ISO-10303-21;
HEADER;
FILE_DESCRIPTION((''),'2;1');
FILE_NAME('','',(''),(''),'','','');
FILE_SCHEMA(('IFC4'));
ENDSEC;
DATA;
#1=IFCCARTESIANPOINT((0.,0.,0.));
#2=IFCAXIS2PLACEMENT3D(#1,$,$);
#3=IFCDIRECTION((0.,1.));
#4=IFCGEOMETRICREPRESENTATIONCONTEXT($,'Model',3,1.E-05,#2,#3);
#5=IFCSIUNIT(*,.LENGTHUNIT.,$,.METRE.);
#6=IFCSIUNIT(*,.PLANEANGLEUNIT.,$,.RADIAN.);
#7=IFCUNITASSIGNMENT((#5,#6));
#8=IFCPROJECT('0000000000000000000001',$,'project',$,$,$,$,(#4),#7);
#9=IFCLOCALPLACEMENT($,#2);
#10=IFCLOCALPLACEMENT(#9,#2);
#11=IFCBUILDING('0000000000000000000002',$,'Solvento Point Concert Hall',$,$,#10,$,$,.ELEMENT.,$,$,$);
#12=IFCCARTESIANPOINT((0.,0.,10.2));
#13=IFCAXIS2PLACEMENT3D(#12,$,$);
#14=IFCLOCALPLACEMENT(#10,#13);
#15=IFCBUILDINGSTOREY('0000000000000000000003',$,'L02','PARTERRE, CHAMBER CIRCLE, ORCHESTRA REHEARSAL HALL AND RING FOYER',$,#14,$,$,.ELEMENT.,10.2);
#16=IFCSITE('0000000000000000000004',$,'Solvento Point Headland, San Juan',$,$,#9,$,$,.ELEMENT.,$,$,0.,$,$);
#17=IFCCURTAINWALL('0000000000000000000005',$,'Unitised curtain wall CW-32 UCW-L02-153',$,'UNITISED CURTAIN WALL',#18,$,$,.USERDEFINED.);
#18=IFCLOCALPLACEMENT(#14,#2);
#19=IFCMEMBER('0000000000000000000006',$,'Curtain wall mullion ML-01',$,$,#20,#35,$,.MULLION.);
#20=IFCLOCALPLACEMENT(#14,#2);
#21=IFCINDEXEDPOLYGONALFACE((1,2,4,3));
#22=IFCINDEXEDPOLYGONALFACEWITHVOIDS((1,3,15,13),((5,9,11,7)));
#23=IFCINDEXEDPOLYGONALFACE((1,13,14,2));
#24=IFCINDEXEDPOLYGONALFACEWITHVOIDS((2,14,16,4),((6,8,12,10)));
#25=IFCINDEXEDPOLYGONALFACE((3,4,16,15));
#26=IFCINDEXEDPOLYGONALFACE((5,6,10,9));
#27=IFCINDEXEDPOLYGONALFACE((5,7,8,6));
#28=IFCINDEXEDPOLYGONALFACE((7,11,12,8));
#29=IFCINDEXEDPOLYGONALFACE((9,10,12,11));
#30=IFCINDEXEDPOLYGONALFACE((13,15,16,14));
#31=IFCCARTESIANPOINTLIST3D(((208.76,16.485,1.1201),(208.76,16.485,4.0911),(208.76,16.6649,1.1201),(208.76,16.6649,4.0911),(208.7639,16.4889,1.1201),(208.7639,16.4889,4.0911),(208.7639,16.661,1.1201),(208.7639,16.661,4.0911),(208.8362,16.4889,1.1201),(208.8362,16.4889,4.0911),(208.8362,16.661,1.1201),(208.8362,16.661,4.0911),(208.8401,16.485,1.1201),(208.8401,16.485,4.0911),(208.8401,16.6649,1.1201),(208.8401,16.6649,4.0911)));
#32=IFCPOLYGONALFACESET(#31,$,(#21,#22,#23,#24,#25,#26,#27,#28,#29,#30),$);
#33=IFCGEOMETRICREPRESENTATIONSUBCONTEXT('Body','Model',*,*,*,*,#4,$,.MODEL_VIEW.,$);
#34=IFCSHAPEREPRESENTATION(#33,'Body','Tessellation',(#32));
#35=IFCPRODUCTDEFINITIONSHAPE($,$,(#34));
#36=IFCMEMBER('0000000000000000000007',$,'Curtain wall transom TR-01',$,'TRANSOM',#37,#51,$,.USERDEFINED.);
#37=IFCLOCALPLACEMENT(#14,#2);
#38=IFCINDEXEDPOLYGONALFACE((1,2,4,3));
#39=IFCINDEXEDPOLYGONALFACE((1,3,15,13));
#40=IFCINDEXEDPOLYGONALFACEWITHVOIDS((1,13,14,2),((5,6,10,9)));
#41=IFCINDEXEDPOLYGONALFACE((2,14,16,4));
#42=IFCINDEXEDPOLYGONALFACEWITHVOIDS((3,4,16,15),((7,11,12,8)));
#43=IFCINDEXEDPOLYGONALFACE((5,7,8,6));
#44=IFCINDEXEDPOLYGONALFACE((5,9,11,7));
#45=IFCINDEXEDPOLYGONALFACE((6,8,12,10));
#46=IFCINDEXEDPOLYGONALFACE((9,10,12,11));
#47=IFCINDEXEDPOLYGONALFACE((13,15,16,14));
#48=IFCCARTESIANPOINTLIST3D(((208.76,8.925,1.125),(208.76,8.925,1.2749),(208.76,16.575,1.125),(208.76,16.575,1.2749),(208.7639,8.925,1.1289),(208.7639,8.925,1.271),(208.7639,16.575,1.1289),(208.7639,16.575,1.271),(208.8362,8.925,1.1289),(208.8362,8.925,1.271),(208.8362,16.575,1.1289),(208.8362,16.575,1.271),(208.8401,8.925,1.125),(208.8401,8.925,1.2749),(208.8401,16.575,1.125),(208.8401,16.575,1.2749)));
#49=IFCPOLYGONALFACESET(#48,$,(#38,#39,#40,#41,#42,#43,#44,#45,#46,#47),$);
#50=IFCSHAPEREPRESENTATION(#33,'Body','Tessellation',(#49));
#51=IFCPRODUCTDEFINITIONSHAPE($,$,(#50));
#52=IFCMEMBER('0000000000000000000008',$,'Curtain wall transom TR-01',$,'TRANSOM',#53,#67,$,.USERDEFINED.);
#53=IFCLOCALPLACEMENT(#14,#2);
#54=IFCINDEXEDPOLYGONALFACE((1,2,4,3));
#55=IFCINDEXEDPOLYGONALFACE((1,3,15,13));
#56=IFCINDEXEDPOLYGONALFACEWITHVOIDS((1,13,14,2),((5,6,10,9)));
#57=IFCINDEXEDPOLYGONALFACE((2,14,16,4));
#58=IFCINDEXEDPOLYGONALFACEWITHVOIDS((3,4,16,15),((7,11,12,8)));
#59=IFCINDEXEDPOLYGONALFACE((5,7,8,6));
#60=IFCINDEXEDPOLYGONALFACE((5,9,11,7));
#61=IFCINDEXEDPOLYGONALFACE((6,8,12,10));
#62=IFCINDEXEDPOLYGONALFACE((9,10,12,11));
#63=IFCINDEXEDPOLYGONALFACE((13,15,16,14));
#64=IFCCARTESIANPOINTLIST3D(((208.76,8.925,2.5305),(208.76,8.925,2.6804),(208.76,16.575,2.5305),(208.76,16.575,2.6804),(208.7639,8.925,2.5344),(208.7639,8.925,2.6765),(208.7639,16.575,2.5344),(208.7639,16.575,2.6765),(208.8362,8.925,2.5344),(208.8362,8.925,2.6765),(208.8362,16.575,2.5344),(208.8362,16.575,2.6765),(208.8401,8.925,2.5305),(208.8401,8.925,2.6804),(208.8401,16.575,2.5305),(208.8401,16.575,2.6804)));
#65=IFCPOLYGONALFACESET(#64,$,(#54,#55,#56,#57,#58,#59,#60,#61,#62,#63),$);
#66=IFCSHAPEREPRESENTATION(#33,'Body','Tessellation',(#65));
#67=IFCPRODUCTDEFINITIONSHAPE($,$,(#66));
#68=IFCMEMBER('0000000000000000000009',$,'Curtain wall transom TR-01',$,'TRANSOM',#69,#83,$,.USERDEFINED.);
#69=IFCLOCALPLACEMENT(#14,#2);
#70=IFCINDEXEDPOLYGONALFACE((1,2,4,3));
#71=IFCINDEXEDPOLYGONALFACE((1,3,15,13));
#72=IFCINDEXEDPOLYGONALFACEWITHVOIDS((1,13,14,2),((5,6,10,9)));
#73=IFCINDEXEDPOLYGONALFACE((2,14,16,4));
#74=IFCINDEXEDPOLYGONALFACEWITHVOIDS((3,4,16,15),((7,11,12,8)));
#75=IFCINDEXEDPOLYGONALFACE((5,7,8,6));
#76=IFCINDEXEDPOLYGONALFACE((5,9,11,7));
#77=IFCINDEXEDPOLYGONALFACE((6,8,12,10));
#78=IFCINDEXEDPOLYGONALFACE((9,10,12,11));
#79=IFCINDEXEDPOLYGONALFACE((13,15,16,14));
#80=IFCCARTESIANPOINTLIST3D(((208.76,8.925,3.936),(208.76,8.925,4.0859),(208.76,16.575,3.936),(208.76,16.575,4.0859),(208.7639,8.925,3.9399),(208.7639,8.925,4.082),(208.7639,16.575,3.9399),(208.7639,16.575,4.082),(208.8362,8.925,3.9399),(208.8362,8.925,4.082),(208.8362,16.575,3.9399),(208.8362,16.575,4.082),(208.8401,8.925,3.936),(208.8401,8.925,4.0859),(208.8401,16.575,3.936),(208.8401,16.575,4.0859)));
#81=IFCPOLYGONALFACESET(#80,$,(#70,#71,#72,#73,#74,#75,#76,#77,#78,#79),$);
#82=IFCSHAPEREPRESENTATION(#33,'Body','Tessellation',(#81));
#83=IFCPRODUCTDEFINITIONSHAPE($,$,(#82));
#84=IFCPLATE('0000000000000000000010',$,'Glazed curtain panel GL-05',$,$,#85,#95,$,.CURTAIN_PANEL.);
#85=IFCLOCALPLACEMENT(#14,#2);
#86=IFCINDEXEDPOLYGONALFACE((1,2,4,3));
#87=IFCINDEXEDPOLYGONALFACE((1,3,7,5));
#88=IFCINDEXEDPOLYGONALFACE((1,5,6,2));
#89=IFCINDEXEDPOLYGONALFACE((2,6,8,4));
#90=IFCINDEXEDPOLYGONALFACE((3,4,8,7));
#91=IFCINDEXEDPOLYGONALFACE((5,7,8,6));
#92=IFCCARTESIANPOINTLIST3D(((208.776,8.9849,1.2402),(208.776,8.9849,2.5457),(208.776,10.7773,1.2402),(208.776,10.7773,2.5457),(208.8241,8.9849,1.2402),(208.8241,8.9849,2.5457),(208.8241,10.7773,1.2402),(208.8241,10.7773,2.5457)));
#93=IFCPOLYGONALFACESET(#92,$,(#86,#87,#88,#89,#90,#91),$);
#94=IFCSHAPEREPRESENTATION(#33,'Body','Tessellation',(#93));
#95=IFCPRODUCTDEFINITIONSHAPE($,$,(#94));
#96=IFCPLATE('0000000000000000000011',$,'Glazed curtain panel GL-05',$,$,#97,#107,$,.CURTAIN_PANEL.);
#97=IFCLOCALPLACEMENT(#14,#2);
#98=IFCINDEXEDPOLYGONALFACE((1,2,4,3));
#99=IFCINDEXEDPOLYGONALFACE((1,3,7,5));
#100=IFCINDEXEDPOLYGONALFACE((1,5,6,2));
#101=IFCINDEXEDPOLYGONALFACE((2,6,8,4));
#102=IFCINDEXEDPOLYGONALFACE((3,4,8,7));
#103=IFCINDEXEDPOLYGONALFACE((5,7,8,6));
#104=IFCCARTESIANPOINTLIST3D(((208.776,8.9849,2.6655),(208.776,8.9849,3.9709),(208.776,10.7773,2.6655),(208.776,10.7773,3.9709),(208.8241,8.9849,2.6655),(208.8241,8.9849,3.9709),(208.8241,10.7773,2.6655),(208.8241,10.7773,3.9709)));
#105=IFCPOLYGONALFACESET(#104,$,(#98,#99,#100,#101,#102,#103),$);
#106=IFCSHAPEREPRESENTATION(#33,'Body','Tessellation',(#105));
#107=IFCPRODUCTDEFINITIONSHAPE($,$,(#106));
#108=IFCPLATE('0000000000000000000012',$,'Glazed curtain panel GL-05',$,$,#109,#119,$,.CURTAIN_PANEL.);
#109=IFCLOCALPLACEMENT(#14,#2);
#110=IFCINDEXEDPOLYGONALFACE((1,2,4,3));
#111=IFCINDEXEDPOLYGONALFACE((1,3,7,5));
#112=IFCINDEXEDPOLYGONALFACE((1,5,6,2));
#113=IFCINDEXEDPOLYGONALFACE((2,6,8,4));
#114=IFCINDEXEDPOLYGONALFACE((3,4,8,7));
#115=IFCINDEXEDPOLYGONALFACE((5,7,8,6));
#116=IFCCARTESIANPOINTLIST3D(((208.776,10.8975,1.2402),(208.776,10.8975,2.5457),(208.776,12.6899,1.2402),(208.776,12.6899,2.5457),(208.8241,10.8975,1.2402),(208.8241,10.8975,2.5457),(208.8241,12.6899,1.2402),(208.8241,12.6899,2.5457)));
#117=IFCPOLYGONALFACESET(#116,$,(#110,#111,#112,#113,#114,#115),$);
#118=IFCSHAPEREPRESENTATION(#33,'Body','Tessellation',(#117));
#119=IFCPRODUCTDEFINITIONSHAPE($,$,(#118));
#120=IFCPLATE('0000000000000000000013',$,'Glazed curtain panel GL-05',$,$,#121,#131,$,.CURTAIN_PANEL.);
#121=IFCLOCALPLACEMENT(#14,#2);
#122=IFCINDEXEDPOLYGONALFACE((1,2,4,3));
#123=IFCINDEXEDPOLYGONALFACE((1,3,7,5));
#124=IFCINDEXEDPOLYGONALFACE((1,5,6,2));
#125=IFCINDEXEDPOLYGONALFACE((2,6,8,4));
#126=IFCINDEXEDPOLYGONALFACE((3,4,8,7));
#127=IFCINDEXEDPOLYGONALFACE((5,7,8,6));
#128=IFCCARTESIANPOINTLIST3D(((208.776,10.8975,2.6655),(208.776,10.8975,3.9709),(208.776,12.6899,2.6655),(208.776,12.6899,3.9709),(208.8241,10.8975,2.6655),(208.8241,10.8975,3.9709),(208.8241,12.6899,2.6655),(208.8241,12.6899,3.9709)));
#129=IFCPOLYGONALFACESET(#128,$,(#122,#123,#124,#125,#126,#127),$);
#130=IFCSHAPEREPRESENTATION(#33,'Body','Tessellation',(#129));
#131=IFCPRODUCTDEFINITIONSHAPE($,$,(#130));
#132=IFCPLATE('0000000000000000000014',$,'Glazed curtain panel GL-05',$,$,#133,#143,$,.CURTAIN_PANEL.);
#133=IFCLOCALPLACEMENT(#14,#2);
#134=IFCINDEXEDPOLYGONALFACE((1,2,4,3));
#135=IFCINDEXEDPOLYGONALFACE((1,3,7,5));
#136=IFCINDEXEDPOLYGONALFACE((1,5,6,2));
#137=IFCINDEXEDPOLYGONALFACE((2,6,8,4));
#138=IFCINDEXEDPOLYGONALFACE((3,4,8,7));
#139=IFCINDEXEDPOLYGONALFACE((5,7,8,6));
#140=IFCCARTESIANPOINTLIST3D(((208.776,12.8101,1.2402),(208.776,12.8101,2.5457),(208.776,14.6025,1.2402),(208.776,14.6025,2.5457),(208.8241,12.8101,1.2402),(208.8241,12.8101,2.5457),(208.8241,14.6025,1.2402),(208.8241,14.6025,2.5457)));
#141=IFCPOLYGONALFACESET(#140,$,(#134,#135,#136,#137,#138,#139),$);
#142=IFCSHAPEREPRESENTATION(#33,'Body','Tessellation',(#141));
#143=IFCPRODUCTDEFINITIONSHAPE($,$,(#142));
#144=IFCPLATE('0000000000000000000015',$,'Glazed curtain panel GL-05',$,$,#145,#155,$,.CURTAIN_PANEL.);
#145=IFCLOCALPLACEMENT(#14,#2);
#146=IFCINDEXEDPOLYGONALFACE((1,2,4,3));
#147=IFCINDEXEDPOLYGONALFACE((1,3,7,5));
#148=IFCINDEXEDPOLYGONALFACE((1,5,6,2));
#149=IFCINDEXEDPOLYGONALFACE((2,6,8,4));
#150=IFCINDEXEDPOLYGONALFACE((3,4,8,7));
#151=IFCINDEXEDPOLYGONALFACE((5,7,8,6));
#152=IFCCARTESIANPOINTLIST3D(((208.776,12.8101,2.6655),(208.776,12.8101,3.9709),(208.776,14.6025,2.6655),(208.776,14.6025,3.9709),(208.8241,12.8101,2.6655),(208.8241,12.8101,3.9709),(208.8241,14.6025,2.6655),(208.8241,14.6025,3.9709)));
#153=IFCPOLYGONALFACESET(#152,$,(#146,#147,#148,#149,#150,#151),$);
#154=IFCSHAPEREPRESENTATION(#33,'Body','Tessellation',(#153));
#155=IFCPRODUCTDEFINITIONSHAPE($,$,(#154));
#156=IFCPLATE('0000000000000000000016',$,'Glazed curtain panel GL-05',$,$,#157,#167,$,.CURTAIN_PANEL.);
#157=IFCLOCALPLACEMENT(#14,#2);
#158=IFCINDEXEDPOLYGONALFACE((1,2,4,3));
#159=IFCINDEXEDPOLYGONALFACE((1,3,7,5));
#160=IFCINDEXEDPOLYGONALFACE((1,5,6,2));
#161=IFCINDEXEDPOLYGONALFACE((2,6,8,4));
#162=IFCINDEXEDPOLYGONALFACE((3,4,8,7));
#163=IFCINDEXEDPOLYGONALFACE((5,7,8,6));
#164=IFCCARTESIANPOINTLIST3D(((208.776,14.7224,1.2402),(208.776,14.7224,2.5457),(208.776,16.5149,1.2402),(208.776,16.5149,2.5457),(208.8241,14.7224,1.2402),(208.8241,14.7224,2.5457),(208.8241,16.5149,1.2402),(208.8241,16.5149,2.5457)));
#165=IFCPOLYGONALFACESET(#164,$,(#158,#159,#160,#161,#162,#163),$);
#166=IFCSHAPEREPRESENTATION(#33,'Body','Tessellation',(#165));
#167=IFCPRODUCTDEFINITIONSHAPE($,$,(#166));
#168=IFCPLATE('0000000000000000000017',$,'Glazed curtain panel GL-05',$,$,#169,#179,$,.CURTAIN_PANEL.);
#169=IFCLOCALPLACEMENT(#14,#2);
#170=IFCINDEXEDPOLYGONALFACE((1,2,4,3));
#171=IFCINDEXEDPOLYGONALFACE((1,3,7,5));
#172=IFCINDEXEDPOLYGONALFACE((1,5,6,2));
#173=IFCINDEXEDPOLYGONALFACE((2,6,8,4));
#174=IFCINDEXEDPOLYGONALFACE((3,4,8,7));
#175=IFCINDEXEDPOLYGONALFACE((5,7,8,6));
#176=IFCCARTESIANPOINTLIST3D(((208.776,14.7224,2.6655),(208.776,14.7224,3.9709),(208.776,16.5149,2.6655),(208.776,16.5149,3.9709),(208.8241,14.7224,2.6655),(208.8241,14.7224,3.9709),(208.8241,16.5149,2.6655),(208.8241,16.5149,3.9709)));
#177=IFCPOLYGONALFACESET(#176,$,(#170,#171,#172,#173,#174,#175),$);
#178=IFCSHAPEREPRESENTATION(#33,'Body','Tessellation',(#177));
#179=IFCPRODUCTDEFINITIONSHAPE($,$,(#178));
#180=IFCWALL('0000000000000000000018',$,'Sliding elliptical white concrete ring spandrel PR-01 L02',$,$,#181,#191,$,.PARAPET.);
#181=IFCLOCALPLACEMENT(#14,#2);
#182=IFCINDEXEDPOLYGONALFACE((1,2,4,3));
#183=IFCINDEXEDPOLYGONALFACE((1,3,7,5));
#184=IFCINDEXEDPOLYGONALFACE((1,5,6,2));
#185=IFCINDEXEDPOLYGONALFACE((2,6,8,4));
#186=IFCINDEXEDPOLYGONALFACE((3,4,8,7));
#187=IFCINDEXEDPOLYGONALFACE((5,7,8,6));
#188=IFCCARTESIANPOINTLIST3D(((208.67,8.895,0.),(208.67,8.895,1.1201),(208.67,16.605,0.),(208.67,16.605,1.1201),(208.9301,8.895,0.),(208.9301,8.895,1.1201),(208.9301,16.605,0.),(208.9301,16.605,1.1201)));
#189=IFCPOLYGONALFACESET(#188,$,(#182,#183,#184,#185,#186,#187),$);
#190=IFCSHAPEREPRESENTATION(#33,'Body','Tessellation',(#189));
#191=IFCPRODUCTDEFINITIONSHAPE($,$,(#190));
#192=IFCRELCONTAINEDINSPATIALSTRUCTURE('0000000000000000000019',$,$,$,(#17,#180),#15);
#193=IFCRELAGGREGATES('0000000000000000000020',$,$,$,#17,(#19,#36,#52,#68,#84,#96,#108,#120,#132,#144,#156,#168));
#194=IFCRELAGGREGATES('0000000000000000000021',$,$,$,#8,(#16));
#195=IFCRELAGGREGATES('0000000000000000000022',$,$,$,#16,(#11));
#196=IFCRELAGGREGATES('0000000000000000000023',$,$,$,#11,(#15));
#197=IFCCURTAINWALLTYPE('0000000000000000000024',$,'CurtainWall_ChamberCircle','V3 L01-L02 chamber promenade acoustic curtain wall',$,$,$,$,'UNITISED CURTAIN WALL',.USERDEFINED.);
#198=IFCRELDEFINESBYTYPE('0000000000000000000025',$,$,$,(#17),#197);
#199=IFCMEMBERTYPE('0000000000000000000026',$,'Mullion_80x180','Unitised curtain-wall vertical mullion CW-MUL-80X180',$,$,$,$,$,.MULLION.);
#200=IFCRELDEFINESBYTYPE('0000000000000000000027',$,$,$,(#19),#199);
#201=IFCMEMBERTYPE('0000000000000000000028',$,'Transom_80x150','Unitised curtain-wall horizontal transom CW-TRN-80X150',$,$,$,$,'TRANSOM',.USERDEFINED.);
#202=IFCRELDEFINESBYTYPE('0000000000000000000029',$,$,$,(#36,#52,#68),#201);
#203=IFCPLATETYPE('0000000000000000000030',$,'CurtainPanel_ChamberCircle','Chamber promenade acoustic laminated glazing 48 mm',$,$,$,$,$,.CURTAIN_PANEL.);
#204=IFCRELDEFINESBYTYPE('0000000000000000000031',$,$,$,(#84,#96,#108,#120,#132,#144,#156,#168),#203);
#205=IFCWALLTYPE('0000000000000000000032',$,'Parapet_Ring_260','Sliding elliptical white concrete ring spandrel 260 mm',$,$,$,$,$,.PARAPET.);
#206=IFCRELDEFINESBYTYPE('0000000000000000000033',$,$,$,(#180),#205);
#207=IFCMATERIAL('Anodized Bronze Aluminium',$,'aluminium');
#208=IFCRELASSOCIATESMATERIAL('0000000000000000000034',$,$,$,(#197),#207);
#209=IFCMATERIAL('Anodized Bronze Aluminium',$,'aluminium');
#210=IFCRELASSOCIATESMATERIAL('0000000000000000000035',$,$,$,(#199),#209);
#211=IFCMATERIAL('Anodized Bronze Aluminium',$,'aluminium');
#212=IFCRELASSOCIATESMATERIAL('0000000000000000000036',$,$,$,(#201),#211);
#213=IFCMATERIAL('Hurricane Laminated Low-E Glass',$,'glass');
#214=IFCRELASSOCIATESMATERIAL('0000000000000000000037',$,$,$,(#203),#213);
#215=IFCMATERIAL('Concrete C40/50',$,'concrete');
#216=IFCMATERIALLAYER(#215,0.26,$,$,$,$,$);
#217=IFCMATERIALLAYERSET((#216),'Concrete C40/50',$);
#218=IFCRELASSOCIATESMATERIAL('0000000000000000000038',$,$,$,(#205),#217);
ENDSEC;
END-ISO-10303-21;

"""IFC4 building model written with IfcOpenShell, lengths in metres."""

from ifc_helpers import new_model, si_unit, direction, frame, frame_2d, origin, origin_2d, place, context, subcontext, project, spatial, rectangle, hollow_rectangle, extrude, material, layer, layer_set, material_profile, profile_set, type_object, element, aggregate, save


model = new_model("IFC4")

# Units and contexts
model_context = context("Model", 3, precision=1e-05, world=origin(), true_north=direction((0.0, 1.0)))
body_context = subcontext(model_context, "Body", "Model", "MODEL_VIEW")
ifc_project = project(units=[si_unit("LENGTHUNIT", "METRE"), si_unit("PLANEANGLEUNIT", "RADIAN")], contexts=[model_context])

# Site, building, storey
site_placement = place(None, origin())
site = spatial("IfcSite", under=ifc_project, at=site_placement, Name="Solvento Point Headland, San Juan", CompositionType="ELEMENT", RefElevation=0.0)
building_placement = place(site_placement, origin())
building = spatial("IfcBuilding", under=site, at=building_placement, Name="Solvento Point Concert Hall", CompositionType="ELEMENT")
storey_placement = place(building_placement, frame((0.0, 0.0, 10.2)))
storey = spatial("IfcBuildingStorey", under=building, at=storey_placement, Name="L02", Description="PARTERRE, CHAMBER CIRCLE, ORCHESTRA REHEARSAL HALL AND RING FOYER", CompositionType="ELEMENT", Elevation=10.2)

# Curtain wall, members, plates
ifc_material_1 = material(Name="Anodized Bronze Aluminium", Category="aluminium")
curtain_wall_type = type_object("IfcCurtainWallType", Name="CurtainWall_ChamberCircle", Description="V3 L01-L02 chamber promenade acoustic curtain wall", ElementType="UNITISED CURTAIN WALL", PredefinedType="USERDEFINED", material=ifc_material_1)
curtain_wall_placement = place(storey_placement, origin())
curtain_wall = element("IfcCurtainWall", 1, at=curtain_wall_placement, inside=storey, type_object=curtain_wall_type, Name="Unitised curtain wall CW-32 UCW-L02-153", ObjectType="UNITISED CURTAIN WALL", PredefinedType="USERDEFINED")
ifc_material_2 = material(Name="Anodized Bronze Aluminium", Category="aluminium")
ifc_material_profile_1 = material_profile(ifc_material_2, hollow_rectangle(XDim=0.0801, YDim=0.1799, WallThickness=0.0039, at=origin_2d()), Name="CW-MUL-80X180")
ifc_profile_set_1 = profile_set([ifc_material_profile_1], Name="Anodized Bronze Aluminium")
member_type_1 = type_object("IfcMemberType", Name="Mullion_80x180", Description="Unitised curtain-wall vertical mullion CW-MUL-80X180", PredefinedType="MULLION", material=ifc_profile_set_1)
member_1_placement = place(storey_placement, frame((208.8, 16.575, 1.1201), z_axis=(0.0, 0.0, 1.0), x_axis=(1.0, 0.0, 0.0)))
member_1 = element("IfcMember", 2, at=member_1_placement, type_object=member_type_1, Name="Curtain wall mullion ML-01", PredefinedType="MULLION", context=body_context, shape_type="SweptSolid", body=[
    extrude(hollow_rectangle(XDim=0.0801, YDim=0.1799, WallThickness=0.0039, at=origin_2d()), origin(), (0.0, 0.0, 1.0), 2.9709),
])
ifc_material_3 = material(Name="Anodized Bronze Aluminium", Category="aluminium")
ifc_material_profile_2 = material_profile(ifc_material_3, hollow_rectangle(XDim=0.0801, YDim=0.1499, WallThickness=0.0039, at=origin_2d()), Name="CW-TRN-80X150")
ifc_profile_set_2 = profile_set([ifc_material_profile_2], Name="Anodized Bronze Aluminium")
member_type_2 = type_object("IfcMemberType", Name="Transom_80x150", Description="Unitised curtain-wall horizontal transom CW-TRN-80X150", ElementType="TRANSOM", PredefinedType="USERDEFINED", material=ifc_profile_set_2)
member_2_placement = place(storey_placement, frame((208.8, 8.925, 1.2), z_axis=(0.0, 1.0, 0.0), x_axis=(-1.0, 0.0, 0.0)))
member_2 = element("IfcMember", 3, at=member_2_placement, type_object=member_type_2, Name="Curtain wall transom TR-01", ObjectType="TRANSOM", PredefinedType="USERDEFINED", context=body_context, shape_type="SweptSolid", body=[
    extrude(hollow_rectangle(XDim=0.0801, YDim=0.1499, WallThickness=0.0039, at=origin_2d()), origin(), (0.0, 0.0, 1.0), 7.6499),
])
member_3_placement = place(storey_placement, frame((208.8, 8.925, 2.6055), z_axis=(0.0, 1.0, 0.0), x_axis=(-1.0, 0.0, 0.0)))
member_3 = element("IfcMember", 4, at=member_3_placement, type_object=member_type_2, Name="Curtain wall transom TR-01", ObjectType="TRANSOM", PredefinedType="USERDEFINED", context=body_context, shape_type="SweptSolid", body=[
    extrude(hollow_rectangle(XDim=0.0801, YDim=0.1499, WallThickness=0.0039, at=origin_2d()), origin(), (0.0, 0.0, 1.0), 7.6499),
])
member_4_placement = place(storey_placement, frame((208.8, 8.925, 4.011), z_axis=(0.0, 1.0, 0.0), x_axis=(-1.0, 0.0, 0.0)))
member_4 = element("IfcMember", 5, at=member_4_placement, type_object=member_type_2, Name="Curtain wall transom TR-01", ObjectType="TRANSOM", PredefinedType="USERDEFINED", context=body_context, shape_type="SweptSolid", body=[
    extrude(hollow_rectangle(XDim=0.0801, YDim=0.1499, WallThickness=0.0039, at=origin_2d()), origin(), (0.0, 0.0, 1.0), 7.6499),
])
ifc_material_4 = material(Name="Hurricane Laminated Low-E Glass", Category="glass")
plate_type = type_object("IfcPlateType", Name="CurtainPanel_ChamberCircle", Description="Chamber promenade acoustic laminated glazing 48 mm", PredefinedType="CURTAIN_PANEL", material=ifc_material_4)
plate_1_placement = place(storey_placement, frame((208.8, 9.8811, 1.2402), z_axis=(0.0, 0.0, 1.0), x_axis=(0.0, 1.0, 0.0)))
plate_1 = element("IfcPlate", 6, at=plate_1_placement, type_object=plate_type, Name="Glazed curtain panel GL-05", PredefinedType="CURTAIN_PANEL", context=body_context, shape_type="SweptSolid", body=[
    extrude(rectangle(XDim=1.7925, YDim=0.0481, at=origin_2d()), origin(), (0.0, 0.0, 1.0), 1.3054),
])
plate_2_placement = place(storey_placement, frame((208.8, 9.8811, 2.6655), z_axis=(0.0, 0.0, 1.0), x_axis=(0.0, 1.0, 0.0)))
plate_2 = element("IfcPlate", 7, at=plate_2_placement, type_object=plate_type, Name="Glazed curtain panel GL-05", PredefinedType="CURTAIN_PANEL", context=body_context, shape_type="SweptSolid", body=[
    extrude(rectangle(XDim=1.7925, YDim=0.0481, at=origin_2d()), origin(), (0.0, 0.0, 1.0), 1.3054),
])
plate_3_placement = place(storey_placement, frame((208.8, 11.7937, 1.2402), z_axis=(0.0, 0.0, 1.0), x_axis=(0.0, 1.0, 0.0)))
plate_3 = element("IfcPlate", 8, at=plate_3_placement, type_object=plate_type, Name="Glazed curtain panel GL-05", PredefinedType="CURTAIN_PANEL", context=body_context, shape_type="SweptSolid", body=[
    extrude(rectangle(XDim=1.7925, YDim=0.0481, at=origin_2d()), origin(), (0.0, 0.0, 1.0), 1.3054),
])
plate_4_placement = place(storey_placement, frame((208.8, 11.7937, 2.6655), z_axis=(0.0, 0.0, 1.0), x_axis=(0.0, 1.0, 0.0)))
plate_4 = element("IfcPlate", 9, at=plate_4_placement, type_object=plate_type, Name="Glazed curtain panel GL-05", PredefinedType="CURTAIN_PANEL", context=body_context, shape_type="SweptSolid", body=[
    extrude(rectangle(XDim=1.7925, YDim=0.0481, at=origin_2d()), origin(), (0.0, 0.0, 1.0), 1.3054),
])
plate_5_placement = place(storey_placement, frame((208.8, 13.7063, 1.2402), z_axis=(0.0, 0.0, 1.0), x_axis=(0.0, 1.0, 0.0)))
plate_5 = element("IfcPlate", 10, at=plate_5_placement, type_object=plate_type, Name="Glazed curtain panel GL-05", PredefinedType="CURTAIN_PANEL", context=body_context, shape_type="SweptSolid", body=[
    extrude(rectangle(XDim=1.7925, YDim=0.0481, at=origin_2d()), origin(), (0.0, 0.0, 1.0), 1.3054),
])
plate_6_placement = place(storey_placement, frame((208.8, 13.7063, 2.6655), z_axis=(0.0, 0.0, 1.0), x_axis=(0.0, 1.0, 0.0)))
plate_6 = element("IfcPlate", 11, at=plate_6_placement, type_object=plate_type, Name="Glazed curtain panel GL-05", PredefinedType="CURTAIN_PANEL", context=body_context, shape_type="SweptSolid", body=[
    extrude(rectangle(XDim=1.7925, YDim=0.0481, at=origin_2d()), origin(), (0.0, 0.0, 1.0), 1.3054),
])
plate_7_placement = place(storey_placement, frame((208.8, 15.6187, 1.2402), z_axis=(0.0, 0.0, 1.0), x_axis=(0.0, 1.0, 0.0)))
plate_7 = element("IfcPlate", 12, at=plate_7_placement, type_object=plate_type, Name="Glazed curtain panel GL-05", PredefinedType="CURTAIN_PANEL", context=body_context, shape_type="SweptSolid", body=[
    extrude(rectangle(XDim=1.7925, YDim=0.0481, at=origin_2d()), origin(), (0.0, 0.0, 1.0), 1.3054),
])
plate_8_placement = place(storey_placement, frame((208.8, 15.6187, 2.6655), z_axis=(0.0, 0.0, 1.0), x_axis=(0.0, 1.0, 0.0)))
plate_8 = element("IfcPlate", 13, at=plate_8_placement, type_object=plate_type, Name="Glazed curtain panel GL-05", PredefinedType="CURTAIN_PANEL", context=body_context, shape_type="SweptSolid", body=[
    extrude(rectangle(XDim=1.7925, YDim=0.0481, at=origin_2d()), origin(), (0.0, 0.0, 1.0), 1.3054),
])
aggregate(curtain_wall, [member_1, member_2, member_3, member_4, plate_1, plate_2, plate_3, plate_4, plate_5, plate_6, plate_7, plate_8])

# Wall
ifc_material_5 = material(Name="Concrete C40/50", Category="concrete")
ifc_layer = layer(ifc_material_5, 0.26)
ifc_layer_set = layer_set([ifc_layer], Name="Concrete C40/50")
wall_type = type_object("IfcWallType", Name="Parapet_Ring_260", Description="Sliding elliptical white concrete ring spandrel 260 mm", PredefinedType="PARAPET", material=ifc_layer_set)
wall_placement = place(storey_placement, frame((208.8, 16.605, 0.0), z_axis=(0.0, 0.0, 1.0), x_axis=(0.0, -1.0, 0.0)))
element("IfcWall", 14, at=wall_placement, inside=storey, type_object=wall_type, Name="Sliding elliptical white concrete ring spandrel PR-01 L02", PredefinedType="PARAPET", context=body_context, shape_type="SweptSolid", body=[
    extrude(rectangle(XDim=7.71, YDim=0.26, at=frame_2d((3.855, 0.0))), origin(), (0.0, 0.0, 1.0), 1.1201),
])

save(model, "model.ifc")
